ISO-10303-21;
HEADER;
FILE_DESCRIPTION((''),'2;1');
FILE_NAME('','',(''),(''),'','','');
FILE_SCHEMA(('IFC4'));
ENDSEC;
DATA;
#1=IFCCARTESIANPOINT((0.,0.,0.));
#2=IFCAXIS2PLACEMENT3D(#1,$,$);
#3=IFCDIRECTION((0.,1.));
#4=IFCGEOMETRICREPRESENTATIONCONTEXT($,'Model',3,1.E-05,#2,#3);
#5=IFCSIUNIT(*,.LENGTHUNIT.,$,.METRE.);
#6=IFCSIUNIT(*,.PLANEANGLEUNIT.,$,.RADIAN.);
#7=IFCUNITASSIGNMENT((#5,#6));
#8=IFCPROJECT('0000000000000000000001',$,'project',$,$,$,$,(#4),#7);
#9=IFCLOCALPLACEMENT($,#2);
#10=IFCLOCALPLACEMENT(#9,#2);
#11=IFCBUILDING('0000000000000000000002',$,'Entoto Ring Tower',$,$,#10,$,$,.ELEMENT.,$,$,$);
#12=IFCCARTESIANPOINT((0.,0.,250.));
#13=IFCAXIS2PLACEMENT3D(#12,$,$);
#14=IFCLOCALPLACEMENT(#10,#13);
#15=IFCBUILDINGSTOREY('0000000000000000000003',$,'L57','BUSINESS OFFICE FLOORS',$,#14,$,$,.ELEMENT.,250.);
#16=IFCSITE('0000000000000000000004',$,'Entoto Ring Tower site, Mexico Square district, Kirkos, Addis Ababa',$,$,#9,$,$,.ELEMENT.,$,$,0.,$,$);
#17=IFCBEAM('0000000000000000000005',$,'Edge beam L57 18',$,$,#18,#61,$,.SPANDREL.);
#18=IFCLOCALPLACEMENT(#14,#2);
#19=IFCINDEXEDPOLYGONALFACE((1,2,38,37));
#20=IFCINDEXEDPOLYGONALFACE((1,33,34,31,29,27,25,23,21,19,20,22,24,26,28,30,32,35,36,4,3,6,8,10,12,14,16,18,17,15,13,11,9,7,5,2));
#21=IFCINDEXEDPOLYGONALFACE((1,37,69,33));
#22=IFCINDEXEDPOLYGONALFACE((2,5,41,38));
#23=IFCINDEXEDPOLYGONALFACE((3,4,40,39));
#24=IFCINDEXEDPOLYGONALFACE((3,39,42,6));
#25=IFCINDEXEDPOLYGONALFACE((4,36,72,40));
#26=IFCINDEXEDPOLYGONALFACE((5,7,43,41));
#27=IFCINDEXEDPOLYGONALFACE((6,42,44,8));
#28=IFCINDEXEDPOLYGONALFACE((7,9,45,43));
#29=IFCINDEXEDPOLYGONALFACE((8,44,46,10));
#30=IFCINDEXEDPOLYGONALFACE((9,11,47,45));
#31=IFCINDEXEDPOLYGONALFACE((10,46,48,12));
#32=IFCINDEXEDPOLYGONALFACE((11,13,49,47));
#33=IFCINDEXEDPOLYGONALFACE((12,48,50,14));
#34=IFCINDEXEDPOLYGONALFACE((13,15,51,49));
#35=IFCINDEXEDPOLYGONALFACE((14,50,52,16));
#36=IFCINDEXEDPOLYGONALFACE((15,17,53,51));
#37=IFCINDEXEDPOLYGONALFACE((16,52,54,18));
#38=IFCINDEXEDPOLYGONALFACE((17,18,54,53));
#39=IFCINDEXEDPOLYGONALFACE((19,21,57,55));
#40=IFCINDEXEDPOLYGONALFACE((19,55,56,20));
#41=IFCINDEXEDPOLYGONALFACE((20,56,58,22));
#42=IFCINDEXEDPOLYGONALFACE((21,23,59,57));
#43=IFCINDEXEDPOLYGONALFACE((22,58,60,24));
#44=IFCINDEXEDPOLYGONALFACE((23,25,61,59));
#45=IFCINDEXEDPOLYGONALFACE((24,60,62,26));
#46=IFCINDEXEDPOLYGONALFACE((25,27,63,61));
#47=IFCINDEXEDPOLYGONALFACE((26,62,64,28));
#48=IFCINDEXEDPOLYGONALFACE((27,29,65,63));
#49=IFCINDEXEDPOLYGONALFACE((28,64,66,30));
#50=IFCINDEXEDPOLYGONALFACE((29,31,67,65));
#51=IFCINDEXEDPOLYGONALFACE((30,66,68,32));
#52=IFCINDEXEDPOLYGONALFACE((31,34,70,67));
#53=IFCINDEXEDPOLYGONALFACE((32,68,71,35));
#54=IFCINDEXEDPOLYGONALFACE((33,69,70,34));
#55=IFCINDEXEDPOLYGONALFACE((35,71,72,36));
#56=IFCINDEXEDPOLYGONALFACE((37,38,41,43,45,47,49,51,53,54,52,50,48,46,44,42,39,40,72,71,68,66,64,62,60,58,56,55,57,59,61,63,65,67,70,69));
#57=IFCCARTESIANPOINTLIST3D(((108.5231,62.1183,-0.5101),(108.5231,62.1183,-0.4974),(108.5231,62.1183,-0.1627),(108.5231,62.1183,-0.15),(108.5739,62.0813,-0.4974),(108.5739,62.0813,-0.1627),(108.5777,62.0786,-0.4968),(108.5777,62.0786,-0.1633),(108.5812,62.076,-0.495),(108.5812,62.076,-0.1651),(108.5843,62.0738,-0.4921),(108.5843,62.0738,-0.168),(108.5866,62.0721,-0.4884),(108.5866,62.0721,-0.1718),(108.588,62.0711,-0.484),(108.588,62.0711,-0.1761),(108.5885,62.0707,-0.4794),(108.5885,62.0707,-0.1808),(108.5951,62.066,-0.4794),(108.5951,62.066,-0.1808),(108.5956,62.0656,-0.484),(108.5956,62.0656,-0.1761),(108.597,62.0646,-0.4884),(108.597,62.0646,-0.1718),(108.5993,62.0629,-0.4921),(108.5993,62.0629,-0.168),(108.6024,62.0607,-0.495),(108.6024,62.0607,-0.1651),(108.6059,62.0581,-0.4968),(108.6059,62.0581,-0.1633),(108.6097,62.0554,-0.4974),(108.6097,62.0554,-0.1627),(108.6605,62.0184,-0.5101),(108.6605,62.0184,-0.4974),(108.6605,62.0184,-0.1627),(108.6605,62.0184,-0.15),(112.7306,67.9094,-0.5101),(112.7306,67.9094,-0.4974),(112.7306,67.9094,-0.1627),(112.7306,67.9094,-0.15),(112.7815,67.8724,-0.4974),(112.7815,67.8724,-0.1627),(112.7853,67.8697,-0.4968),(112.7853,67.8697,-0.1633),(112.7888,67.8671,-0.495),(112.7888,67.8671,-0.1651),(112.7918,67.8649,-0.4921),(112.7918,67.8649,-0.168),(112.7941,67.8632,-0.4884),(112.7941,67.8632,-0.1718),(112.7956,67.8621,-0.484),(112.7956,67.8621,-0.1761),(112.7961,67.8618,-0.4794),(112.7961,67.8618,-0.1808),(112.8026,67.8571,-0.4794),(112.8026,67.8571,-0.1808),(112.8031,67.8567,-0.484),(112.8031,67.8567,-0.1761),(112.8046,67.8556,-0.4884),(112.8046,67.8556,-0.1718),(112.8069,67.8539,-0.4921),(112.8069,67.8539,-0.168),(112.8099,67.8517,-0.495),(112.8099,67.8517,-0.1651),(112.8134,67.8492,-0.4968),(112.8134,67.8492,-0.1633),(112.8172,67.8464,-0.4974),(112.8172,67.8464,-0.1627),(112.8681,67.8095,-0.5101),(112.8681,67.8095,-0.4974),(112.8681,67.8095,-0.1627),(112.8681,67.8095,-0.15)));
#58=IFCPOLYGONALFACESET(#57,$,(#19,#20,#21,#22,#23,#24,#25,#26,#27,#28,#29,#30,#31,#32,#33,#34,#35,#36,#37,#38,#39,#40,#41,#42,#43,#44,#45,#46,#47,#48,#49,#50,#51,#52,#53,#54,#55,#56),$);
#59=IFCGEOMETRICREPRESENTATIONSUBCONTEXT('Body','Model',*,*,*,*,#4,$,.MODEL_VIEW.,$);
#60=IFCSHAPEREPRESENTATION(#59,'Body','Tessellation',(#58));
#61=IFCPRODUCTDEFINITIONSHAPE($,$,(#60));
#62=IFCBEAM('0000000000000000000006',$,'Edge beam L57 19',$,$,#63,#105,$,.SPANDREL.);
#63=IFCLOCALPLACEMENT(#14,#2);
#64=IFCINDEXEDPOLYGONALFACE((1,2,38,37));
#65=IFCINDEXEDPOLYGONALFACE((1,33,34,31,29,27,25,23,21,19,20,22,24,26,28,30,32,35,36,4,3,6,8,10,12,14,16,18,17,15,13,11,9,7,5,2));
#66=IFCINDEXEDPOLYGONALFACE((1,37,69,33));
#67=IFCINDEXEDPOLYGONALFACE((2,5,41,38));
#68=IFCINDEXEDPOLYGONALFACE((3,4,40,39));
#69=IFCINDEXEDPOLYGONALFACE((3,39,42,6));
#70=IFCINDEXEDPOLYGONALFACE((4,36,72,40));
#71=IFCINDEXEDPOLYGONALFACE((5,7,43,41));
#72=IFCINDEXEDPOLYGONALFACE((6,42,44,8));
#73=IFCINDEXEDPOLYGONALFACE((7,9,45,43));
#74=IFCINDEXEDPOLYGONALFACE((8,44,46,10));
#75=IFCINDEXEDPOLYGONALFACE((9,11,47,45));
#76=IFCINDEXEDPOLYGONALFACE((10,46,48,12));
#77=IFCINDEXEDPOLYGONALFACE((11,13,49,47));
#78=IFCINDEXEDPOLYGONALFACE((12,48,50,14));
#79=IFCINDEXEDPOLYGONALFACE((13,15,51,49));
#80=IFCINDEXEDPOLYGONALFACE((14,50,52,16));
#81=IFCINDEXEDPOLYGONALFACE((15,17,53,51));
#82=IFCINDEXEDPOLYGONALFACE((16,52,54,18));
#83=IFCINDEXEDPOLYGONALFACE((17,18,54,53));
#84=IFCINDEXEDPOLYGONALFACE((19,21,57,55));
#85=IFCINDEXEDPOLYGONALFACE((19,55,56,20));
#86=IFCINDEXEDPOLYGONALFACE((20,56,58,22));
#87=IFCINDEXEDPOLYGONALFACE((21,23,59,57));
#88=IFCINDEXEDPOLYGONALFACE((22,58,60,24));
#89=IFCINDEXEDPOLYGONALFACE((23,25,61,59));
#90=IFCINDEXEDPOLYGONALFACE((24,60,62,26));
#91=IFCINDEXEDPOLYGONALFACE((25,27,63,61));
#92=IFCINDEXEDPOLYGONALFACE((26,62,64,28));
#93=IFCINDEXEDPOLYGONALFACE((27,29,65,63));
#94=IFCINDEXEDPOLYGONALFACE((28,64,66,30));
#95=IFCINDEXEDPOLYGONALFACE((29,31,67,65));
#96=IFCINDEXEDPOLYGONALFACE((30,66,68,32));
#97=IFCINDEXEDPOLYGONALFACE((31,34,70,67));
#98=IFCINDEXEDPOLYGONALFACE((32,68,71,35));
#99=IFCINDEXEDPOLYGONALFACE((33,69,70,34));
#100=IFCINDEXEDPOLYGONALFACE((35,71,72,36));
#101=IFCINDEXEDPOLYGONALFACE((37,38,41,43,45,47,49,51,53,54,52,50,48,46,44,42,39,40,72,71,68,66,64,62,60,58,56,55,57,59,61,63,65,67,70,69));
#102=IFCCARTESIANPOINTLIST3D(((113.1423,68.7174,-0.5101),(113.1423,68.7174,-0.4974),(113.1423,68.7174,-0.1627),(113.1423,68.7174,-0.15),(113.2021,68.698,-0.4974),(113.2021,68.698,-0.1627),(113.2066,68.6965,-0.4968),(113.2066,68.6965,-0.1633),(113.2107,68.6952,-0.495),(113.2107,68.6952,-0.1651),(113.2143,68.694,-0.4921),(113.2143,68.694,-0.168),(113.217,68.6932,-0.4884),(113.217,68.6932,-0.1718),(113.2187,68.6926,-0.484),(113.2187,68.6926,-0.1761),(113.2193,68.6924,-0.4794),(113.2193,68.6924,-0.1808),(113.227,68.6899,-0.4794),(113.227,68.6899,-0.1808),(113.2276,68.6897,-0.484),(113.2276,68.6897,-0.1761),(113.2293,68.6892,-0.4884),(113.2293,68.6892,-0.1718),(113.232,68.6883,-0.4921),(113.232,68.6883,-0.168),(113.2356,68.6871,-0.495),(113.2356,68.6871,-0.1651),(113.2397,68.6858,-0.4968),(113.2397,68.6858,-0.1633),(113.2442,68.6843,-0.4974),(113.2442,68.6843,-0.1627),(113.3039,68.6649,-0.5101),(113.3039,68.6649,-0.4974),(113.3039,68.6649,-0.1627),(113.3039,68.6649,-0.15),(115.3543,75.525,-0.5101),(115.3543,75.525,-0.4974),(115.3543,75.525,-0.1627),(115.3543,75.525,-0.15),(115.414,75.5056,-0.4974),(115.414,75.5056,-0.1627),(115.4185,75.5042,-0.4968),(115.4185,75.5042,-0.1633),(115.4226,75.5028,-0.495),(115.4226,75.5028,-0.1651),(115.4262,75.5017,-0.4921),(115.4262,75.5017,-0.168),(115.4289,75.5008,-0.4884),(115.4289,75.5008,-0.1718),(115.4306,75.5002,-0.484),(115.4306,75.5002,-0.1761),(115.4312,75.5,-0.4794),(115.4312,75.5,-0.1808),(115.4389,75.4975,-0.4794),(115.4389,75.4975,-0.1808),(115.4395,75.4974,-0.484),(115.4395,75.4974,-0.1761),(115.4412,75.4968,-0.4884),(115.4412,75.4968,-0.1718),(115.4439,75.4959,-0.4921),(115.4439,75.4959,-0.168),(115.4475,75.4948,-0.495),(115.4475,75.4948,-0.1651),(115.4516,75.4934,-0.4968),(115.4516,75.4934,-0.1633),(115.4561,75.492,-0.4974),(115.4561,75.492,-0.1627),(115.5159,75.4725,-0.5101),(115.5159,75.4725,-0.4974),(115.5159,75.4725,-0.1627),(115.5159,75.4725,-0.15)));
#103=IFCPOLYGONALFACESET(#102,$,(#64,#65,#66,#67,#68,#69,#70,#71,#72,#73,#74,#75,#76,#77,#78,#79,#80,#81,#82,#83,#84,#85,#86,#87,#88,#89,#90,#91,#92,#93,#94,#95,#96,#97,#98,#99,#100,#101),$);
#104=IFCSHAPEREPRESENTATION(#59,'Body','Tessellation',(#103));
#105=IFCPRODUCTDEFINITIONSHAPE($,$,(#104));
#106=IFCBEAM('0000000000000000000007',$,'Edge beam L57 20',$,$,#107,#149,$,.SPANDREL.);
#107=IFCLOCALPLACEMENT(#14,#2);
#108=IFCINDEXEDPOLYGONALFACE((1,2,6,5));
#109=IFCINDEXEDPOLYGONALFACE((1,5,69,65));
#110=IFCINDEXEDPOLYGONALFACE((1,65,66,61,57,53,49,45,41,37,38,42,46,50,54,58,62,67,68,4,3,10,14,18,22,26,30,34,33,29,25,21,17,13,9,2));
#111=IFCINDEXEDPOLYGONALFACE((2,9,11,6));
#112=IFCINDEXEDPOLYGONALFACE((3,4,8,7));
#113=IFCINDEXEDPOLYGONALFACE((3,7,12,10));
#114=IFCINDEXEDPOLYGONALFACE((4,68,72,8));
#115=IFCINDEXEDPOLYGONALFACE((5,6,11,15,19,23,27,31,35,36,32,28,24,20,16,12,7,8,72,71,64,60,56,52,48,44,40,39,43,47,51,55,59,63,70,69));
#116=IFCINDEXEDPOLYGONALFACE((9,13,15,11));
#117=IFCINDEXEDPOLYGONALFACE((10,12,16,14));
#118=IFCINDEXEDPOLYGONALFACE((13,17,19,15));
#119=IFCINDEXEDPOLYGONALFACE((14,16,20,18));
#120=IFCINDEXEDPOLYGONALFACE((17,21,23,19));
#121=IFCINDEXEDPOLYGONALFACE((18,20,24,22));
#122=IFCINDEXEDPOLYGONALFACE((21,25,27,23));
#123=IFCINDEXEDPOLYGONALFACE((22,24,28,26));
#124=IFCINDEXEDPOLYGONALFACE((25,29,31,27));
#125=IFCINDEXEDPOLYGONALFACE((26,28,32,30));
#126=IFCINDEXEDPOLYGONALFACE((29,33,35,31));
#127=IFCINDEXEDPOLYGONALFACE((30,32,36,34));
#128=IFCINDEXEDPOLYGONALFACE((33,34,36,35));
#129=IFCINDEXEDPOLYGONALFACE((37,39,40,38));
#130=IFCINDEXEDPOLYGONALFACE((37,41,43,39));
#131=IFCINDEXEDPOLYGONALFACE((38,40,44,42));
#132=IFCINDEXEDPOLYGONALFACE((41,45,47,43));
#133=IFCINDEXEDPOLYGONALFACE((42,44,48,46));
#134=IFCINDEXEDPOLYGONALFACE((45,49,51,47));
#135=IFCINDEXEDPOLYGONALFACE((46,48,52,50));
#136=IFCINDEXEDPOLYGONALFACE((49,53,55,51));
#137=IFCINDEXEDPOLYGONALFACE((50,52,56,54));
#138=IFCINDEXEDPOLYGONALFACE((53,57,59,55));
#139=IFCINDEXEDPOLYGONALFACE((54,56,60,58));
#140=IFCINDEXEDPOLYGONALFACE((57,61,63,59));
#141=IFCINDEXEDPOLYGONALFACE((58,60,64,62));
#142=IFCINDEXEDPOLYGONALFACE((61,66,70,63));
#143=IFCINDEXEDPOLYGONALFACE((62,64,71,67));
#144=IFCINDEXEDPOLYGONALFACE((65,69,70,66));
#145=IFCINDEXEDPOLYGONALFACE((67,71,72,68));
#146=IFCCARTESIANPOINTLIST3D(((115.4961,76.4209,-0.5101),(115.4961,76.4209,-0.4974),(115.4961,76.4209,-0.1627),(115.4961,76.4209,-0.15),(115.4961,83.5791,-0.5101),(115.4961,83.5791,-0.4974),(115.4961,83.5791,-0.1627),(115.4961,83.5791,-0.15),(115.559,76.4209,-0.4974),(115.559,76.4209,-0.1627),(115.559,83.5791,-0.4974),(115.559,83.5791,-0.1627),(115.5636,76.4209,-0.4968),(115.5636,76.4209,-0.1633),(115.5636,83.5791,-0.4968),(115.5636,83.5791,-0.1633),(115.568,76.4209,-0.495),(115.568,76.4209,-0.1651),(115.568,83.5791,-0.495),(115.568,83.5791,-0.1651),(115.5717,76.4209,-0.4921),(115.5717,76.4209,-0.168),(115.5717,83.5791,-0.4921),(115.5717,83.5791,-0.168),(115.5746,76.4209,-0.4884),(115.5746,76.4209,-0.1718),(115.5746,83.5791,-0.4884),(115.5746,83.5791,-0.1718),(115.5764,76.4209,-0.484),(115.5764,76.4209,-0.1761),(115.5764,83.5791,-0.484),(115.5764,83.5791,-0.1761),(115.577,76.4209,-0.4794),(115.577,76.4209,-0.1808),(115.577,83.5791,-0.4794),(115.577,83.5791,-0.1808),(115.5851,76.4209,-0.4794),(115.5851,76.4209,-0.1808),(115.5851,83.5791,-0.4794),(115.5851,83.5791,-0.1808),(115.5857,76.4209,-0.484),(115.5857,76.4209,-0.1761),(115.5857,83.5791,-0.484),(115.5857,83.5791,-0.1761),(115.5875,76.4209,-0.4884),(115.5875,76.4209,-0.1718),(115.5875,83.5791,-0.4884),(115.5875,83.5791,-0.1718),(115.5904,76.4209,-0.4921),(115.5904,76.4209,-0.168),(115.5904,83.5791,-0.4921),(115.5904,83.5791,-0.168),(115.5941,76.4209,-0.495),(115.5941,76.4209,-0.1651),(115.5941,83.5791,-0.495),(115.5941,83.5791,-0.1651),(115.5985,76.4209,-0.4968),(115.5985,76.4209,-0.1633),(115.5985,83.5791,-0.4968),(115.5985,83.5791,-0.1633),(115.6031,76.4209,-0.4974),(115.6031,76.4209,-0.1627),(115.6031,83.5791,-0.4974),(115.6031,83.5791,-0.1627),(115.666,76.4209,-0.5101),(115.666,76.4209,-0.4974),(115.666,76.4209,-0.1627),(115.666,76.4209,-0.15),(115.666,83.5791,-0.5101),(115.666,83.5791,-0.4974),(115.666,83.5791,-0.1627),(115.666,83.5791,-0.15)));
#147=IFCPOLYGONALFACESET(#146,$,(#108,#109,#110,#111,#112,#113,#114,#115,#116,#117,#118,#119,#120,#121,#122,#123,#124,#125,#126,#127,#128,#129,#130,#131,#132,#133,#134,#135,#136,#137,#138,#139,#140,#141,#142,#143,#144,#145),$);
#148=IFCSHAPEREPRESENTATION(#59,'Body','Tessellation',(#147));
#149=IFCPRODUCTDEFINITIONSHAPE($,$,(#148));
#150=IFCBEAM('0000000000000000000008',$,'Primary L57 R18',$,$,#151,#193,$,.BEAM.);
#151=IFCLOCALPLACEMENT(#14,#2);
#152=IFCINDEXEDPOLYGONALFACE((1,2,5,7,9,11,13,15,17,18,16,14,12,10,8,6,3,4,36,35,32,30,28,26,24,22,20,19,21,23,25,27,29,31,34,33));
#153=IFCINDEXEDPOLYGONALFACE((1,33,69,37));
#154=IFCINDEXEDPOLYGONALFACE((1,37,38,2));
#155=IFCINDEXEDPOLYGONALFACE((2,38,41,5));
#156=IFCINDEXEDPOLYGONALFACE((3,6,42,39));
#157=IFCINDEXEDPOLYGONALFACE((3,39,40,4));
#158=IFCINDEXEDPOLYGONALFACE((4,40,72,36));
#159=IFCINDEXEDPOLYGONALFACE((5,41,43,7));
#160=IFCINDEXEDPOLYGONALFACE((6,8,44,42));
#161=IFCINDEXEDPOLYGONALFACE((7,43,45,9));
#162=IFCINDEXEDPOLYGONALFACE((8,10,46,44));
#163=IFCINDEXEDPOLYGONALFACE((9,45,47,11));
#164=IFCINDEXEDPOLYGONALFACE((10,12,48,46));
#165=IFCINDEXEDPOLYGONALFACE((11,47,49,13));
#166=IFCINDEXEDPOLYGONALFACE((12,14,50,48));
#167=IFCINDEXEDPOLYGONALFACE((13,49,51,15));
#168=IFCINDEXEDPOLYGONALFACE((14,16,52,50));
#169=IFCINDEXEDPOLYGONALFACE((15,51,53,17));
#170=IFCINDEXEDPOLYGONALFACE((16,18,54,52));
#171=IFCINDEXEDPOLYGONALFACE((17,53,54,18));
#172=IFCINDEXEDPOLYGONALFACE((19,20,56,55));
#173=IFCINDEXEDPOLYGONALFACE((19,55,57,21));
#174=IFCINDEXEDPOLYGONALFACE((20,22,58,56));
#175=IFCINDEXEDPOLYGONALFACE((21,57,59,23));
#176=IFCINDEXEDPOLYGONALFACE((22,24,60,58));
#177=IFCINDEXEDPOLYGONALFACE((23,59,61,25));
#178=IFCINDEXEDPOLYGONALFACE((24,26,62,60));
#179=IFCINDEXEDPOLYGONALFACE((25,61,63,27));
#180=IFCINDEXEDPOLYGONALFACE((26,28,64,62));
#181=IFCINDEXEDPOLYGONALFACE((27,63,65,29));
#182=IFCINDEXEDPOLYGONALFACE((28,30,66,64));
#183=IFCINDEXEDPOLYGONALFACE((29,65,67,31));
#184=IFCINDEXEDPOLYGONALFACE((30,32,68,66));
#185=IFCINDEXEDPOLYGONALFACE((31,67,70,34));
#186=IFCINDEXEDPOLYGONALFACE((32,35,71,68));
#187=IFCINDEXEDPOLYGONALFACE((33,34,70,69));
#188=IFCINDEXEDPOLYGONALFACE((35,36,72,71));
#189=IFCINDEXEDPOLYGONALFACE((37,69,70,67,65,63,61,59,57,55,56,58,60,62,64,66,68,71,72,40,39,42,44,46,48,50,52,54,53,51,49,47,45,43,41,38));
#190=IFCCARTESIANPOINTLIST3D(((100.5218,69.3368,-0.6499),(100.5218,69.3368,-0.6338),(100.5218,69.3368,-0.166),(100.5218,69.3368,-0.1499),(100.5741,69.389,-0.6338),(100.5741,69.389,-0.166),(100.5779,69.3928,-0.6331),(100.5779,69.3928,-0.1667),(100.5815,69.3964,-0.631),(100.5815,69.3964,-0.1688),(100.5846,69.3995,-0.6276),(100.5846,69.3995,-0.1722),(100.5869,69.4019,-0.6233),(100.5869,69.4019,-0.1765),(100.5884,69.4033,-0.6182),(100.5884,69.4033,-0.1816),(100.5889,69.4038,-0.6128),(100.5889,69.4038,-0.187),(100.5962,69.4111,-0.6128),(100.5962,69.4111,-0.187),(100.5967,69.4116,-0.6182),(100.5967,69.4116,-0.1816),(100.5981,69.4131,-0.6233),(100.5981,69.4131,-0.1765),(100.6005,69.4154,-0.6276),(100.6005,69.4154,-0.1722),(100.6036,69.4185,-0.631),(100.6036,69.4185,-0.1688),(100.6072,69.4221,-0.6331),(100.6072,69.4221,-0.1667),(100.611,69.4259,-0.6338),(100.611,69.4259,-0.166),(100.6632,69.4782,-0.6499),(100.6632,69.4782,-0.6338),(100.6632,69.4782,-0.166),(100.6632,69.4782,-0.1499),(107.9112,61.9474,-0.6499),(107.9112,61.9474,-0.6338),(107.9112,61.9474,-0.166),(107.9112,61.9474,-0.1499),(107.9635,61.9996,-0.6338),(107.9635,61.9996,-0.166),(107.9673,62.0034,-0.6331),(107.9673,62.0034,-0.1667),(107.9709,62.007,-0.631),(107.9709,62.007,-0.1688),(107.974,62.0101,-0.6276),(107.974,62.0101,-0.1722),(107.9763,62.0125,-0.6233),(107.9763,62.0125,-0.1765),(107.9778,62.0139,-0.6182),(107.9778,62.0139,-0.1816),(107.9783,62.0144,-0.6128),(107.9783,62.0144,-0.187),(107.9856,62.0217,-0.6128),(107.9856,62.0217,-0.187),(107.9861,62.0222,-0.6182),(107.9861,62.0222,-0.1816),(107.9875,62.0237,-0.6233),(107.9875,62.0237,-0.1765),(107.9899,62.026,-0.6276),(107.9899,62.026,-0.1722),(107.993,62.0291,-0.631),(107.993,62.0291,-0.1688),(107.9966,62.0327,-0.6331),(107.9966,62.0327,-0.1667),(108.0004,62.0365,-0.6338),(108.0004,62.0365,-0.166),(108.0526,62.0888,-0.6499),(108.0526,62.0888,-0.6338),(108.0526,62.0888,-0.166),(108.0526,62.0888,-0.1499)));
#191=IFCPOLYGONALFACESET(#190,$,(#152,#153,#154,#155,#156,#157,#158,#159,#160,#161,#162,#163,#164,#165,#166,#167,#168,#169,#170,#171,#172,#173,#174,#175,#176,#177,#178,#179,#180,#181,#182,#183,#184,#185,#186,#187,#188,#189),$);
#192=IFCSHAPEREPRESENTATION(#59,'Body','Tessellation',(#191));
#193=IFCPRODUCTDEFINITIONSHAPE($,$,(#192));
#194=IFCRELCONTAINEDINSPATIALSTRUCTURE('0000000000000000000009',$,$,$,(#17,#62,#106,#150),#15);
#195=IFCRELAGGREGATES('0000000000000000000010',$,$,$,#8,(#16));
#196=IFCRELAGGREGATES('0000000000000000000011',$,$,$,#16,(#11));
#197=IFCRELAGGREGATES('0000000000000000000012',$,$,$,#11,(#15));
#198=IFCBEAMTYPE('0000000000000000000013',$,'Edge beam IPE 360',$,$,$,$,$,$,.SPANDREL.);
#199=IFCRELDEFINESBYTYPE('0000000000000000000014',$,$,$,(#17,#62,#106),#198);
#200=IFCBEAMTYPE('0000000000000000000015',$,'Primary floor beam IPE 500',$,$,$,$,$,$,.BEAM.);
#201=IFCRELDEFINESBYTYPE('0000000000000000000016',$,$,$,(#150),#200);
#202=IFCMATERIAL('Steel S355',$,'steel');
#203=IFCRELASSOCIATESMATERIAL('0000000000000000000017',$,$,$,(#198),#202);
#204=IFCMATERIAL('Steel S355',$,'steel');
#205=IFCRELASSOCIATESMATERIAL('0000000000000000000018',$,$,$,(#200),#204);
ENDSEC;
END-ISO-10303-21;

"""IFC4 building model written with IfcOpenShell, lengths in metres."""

from ifc_helpers import new_model, si_unit, direction, frame, origin, origin_2d, place, context, subcontext, project, spatial, i_section, extrude, material, material_profile, profile_set, type_object, element, save


model = new_model("IFC4")

# Units and contexts
model_context = context("Model", 3, precision=1e-05, world=origin(), true_north=direction((0.0, 1.0)))
body_context = subcontext(model_context, "Body", "Model", "MODEL_VIEW")
ifc_project = project(units=[si_unit("LENGTHUNIT", "METRE"), si_unit("PLANEANGLEUNIT", "RADIAN")], contexts=[model_context])

# Site, building, storey
site_placement = place(None, origin())
site = spatial("IfcSite", under=ifc_project, at=site_placement, Name="Entoto Ring Tower site, Mexico Square district, Kirkos, Addis Ababa", CompositionType="ELEMENT", RefElevation=0.0)
building_placement = place(site_placement, origin())
building = spatial("IfcBuilding", under=site, at=building_placement, Name="Entoto Ring Tower", CompositionType="ELEMENT")
storey_placement = place(building_placement, frame((0.0, 0.0, 250.0)))
storey = spatial("IfcBuildingStorey", under=building, at=storey_placement, Name="L57", Description="BUSINESS OFFICE FLOORS", CompositionType="ELEMENT", Elevation=250.0)

# Beams
ifc_material_1 = material(Name="Steel S355", Category="steel")
ifc_material_profile_1 = material_profile(ifc_material_1, i_section(OverallWidth=0.1699, OverallDepth=0.3601, WebThickness=0.0081, FlangeThickness=0.0127, FilletRadius=0.0181, at=origin_2d()), Name="IPE 360")
ifc_profile_set_1 = profile_set([ifc_material_profile_1], Name="Steel S355")
beam_type_1 = type_object("IfcBeamType", Name="Edge beam IPE 360", PredefinedType="SPANDREL", material=ifc_profile_set_1)
for number, where, z_axis, x_axis, name in (
    (1, (108.5918, 62.0684, -0.3301), (0.587794, 0.80901, 0.0), (-0.80901, 0.587794, 0.0), "Edge beam L57 18"),
):
    element("IfcBeam", number, at=place(storey_placement, frame(where, z_axis=z_axis, x_axis=x_axis)), inside=storey, type_object=beam_type_1, Name=name, PredefinedType="SPANDREL", context=body_context, shape_type="SweptSolid", body=[
        extrude(i_section(OverallWidth=0.1699, OverallDepth=0.3601, WebThickness=0.0081, FlangeThickness=0.0127, FilletRadius=0.0181, at=origin_2d()), origin(), (0.0, 0.0, 1.0), 7.1582),
    ])
beam_1_placement = place(storey_placement, frame((113.2231, 68.6912, -0.3301), z_axis=(0.309015, 0.951057, 0.0), x_axis=(-0.951057, 0.309015, 0.0)))
element("IfcBeam", 2, at=beam_1_placement, inside=storey, type_object=beam_type_1, Name="Edge beam L57 19", PredefinedType="SPANDREL", context=body_context, shape_type="SweptSolid", body=[
    extrude(i_section(OverallWidth=0.1699, OverallDepth=0.3601, WebThickness=0.0081, FlangeThickness=0.0127, FilletRadius=0.0181, at=origin_2d()), origin(), (0.0, 0.0, 1.0), 7.158),
])
beam_2_placement = place(storey_placement, frame((115.5811, 76.4209, -0.3301), z_axis=(0.0, 1.0, 0.0), x_axis=(-1.0, 0.0, 0.0)))
element("IfcBeam", 3, at=beam_2_placement, inside=storey, type_object=beam_type_1, Name="Edge beam L57 20", PredefinedType="SPANDREL", context=body_context, shape_type="SweptSolid", body=[
    extrude(i_section(OverallWidth=0.1699, OverallDepth=0.3601, WebThickness=0.0081, FlangeThickness=0.0127, FilletRadius=0.0181, at=origin_2d()), origin(), (0.0, 0.0, 1.0), 7.1582),
])
ifc_material_2 = material(Name="Steel S355", Category="steel")
ifc_material_profile_2 = material_profile(ifc_material_2, i_section(OverallWidth=0.2, OverallDepth=0.5, WebThickness=0.0103, FlangeThickness=0.0161, FilletRadius=0.021, at=origin_2d()), Name="IPE 500")
ifc_profile_set_2 = profile_set([ifc_material_profile_2], Name="Steel S355")
beam_type_2 = type_object("IfcBeamType", Name="Primary floor beam IPE 500", PredefinedType="BEAM", material=ifc_profile_set_2)
beam_3_placement = place(storey_placement, frame((100.5925, 69.4075, -0.3999), z_axis=(0.707107, -0.707107, 0.0), x_axis=(0.707107, 0.707107, 0.0)))
element("IfcBeam", 4, at=beam_3_placement, inside=storey, type_object=beam_type_2, Name="Primary L57 R18", PredefinedType="BEAM", context=body_context, shape_type="SweptSolid", body=[
    extrude(i_section(OverallWidth=0.2, OverallDepth=0.5, WebThickness=0.0103, FlangeThickness=0.0161, FilletRadius=0.021, at=origin_2d()), origin(), (0.0, 0.0, 1.0), 10.4502),
])

save(model, "model.ifc")
